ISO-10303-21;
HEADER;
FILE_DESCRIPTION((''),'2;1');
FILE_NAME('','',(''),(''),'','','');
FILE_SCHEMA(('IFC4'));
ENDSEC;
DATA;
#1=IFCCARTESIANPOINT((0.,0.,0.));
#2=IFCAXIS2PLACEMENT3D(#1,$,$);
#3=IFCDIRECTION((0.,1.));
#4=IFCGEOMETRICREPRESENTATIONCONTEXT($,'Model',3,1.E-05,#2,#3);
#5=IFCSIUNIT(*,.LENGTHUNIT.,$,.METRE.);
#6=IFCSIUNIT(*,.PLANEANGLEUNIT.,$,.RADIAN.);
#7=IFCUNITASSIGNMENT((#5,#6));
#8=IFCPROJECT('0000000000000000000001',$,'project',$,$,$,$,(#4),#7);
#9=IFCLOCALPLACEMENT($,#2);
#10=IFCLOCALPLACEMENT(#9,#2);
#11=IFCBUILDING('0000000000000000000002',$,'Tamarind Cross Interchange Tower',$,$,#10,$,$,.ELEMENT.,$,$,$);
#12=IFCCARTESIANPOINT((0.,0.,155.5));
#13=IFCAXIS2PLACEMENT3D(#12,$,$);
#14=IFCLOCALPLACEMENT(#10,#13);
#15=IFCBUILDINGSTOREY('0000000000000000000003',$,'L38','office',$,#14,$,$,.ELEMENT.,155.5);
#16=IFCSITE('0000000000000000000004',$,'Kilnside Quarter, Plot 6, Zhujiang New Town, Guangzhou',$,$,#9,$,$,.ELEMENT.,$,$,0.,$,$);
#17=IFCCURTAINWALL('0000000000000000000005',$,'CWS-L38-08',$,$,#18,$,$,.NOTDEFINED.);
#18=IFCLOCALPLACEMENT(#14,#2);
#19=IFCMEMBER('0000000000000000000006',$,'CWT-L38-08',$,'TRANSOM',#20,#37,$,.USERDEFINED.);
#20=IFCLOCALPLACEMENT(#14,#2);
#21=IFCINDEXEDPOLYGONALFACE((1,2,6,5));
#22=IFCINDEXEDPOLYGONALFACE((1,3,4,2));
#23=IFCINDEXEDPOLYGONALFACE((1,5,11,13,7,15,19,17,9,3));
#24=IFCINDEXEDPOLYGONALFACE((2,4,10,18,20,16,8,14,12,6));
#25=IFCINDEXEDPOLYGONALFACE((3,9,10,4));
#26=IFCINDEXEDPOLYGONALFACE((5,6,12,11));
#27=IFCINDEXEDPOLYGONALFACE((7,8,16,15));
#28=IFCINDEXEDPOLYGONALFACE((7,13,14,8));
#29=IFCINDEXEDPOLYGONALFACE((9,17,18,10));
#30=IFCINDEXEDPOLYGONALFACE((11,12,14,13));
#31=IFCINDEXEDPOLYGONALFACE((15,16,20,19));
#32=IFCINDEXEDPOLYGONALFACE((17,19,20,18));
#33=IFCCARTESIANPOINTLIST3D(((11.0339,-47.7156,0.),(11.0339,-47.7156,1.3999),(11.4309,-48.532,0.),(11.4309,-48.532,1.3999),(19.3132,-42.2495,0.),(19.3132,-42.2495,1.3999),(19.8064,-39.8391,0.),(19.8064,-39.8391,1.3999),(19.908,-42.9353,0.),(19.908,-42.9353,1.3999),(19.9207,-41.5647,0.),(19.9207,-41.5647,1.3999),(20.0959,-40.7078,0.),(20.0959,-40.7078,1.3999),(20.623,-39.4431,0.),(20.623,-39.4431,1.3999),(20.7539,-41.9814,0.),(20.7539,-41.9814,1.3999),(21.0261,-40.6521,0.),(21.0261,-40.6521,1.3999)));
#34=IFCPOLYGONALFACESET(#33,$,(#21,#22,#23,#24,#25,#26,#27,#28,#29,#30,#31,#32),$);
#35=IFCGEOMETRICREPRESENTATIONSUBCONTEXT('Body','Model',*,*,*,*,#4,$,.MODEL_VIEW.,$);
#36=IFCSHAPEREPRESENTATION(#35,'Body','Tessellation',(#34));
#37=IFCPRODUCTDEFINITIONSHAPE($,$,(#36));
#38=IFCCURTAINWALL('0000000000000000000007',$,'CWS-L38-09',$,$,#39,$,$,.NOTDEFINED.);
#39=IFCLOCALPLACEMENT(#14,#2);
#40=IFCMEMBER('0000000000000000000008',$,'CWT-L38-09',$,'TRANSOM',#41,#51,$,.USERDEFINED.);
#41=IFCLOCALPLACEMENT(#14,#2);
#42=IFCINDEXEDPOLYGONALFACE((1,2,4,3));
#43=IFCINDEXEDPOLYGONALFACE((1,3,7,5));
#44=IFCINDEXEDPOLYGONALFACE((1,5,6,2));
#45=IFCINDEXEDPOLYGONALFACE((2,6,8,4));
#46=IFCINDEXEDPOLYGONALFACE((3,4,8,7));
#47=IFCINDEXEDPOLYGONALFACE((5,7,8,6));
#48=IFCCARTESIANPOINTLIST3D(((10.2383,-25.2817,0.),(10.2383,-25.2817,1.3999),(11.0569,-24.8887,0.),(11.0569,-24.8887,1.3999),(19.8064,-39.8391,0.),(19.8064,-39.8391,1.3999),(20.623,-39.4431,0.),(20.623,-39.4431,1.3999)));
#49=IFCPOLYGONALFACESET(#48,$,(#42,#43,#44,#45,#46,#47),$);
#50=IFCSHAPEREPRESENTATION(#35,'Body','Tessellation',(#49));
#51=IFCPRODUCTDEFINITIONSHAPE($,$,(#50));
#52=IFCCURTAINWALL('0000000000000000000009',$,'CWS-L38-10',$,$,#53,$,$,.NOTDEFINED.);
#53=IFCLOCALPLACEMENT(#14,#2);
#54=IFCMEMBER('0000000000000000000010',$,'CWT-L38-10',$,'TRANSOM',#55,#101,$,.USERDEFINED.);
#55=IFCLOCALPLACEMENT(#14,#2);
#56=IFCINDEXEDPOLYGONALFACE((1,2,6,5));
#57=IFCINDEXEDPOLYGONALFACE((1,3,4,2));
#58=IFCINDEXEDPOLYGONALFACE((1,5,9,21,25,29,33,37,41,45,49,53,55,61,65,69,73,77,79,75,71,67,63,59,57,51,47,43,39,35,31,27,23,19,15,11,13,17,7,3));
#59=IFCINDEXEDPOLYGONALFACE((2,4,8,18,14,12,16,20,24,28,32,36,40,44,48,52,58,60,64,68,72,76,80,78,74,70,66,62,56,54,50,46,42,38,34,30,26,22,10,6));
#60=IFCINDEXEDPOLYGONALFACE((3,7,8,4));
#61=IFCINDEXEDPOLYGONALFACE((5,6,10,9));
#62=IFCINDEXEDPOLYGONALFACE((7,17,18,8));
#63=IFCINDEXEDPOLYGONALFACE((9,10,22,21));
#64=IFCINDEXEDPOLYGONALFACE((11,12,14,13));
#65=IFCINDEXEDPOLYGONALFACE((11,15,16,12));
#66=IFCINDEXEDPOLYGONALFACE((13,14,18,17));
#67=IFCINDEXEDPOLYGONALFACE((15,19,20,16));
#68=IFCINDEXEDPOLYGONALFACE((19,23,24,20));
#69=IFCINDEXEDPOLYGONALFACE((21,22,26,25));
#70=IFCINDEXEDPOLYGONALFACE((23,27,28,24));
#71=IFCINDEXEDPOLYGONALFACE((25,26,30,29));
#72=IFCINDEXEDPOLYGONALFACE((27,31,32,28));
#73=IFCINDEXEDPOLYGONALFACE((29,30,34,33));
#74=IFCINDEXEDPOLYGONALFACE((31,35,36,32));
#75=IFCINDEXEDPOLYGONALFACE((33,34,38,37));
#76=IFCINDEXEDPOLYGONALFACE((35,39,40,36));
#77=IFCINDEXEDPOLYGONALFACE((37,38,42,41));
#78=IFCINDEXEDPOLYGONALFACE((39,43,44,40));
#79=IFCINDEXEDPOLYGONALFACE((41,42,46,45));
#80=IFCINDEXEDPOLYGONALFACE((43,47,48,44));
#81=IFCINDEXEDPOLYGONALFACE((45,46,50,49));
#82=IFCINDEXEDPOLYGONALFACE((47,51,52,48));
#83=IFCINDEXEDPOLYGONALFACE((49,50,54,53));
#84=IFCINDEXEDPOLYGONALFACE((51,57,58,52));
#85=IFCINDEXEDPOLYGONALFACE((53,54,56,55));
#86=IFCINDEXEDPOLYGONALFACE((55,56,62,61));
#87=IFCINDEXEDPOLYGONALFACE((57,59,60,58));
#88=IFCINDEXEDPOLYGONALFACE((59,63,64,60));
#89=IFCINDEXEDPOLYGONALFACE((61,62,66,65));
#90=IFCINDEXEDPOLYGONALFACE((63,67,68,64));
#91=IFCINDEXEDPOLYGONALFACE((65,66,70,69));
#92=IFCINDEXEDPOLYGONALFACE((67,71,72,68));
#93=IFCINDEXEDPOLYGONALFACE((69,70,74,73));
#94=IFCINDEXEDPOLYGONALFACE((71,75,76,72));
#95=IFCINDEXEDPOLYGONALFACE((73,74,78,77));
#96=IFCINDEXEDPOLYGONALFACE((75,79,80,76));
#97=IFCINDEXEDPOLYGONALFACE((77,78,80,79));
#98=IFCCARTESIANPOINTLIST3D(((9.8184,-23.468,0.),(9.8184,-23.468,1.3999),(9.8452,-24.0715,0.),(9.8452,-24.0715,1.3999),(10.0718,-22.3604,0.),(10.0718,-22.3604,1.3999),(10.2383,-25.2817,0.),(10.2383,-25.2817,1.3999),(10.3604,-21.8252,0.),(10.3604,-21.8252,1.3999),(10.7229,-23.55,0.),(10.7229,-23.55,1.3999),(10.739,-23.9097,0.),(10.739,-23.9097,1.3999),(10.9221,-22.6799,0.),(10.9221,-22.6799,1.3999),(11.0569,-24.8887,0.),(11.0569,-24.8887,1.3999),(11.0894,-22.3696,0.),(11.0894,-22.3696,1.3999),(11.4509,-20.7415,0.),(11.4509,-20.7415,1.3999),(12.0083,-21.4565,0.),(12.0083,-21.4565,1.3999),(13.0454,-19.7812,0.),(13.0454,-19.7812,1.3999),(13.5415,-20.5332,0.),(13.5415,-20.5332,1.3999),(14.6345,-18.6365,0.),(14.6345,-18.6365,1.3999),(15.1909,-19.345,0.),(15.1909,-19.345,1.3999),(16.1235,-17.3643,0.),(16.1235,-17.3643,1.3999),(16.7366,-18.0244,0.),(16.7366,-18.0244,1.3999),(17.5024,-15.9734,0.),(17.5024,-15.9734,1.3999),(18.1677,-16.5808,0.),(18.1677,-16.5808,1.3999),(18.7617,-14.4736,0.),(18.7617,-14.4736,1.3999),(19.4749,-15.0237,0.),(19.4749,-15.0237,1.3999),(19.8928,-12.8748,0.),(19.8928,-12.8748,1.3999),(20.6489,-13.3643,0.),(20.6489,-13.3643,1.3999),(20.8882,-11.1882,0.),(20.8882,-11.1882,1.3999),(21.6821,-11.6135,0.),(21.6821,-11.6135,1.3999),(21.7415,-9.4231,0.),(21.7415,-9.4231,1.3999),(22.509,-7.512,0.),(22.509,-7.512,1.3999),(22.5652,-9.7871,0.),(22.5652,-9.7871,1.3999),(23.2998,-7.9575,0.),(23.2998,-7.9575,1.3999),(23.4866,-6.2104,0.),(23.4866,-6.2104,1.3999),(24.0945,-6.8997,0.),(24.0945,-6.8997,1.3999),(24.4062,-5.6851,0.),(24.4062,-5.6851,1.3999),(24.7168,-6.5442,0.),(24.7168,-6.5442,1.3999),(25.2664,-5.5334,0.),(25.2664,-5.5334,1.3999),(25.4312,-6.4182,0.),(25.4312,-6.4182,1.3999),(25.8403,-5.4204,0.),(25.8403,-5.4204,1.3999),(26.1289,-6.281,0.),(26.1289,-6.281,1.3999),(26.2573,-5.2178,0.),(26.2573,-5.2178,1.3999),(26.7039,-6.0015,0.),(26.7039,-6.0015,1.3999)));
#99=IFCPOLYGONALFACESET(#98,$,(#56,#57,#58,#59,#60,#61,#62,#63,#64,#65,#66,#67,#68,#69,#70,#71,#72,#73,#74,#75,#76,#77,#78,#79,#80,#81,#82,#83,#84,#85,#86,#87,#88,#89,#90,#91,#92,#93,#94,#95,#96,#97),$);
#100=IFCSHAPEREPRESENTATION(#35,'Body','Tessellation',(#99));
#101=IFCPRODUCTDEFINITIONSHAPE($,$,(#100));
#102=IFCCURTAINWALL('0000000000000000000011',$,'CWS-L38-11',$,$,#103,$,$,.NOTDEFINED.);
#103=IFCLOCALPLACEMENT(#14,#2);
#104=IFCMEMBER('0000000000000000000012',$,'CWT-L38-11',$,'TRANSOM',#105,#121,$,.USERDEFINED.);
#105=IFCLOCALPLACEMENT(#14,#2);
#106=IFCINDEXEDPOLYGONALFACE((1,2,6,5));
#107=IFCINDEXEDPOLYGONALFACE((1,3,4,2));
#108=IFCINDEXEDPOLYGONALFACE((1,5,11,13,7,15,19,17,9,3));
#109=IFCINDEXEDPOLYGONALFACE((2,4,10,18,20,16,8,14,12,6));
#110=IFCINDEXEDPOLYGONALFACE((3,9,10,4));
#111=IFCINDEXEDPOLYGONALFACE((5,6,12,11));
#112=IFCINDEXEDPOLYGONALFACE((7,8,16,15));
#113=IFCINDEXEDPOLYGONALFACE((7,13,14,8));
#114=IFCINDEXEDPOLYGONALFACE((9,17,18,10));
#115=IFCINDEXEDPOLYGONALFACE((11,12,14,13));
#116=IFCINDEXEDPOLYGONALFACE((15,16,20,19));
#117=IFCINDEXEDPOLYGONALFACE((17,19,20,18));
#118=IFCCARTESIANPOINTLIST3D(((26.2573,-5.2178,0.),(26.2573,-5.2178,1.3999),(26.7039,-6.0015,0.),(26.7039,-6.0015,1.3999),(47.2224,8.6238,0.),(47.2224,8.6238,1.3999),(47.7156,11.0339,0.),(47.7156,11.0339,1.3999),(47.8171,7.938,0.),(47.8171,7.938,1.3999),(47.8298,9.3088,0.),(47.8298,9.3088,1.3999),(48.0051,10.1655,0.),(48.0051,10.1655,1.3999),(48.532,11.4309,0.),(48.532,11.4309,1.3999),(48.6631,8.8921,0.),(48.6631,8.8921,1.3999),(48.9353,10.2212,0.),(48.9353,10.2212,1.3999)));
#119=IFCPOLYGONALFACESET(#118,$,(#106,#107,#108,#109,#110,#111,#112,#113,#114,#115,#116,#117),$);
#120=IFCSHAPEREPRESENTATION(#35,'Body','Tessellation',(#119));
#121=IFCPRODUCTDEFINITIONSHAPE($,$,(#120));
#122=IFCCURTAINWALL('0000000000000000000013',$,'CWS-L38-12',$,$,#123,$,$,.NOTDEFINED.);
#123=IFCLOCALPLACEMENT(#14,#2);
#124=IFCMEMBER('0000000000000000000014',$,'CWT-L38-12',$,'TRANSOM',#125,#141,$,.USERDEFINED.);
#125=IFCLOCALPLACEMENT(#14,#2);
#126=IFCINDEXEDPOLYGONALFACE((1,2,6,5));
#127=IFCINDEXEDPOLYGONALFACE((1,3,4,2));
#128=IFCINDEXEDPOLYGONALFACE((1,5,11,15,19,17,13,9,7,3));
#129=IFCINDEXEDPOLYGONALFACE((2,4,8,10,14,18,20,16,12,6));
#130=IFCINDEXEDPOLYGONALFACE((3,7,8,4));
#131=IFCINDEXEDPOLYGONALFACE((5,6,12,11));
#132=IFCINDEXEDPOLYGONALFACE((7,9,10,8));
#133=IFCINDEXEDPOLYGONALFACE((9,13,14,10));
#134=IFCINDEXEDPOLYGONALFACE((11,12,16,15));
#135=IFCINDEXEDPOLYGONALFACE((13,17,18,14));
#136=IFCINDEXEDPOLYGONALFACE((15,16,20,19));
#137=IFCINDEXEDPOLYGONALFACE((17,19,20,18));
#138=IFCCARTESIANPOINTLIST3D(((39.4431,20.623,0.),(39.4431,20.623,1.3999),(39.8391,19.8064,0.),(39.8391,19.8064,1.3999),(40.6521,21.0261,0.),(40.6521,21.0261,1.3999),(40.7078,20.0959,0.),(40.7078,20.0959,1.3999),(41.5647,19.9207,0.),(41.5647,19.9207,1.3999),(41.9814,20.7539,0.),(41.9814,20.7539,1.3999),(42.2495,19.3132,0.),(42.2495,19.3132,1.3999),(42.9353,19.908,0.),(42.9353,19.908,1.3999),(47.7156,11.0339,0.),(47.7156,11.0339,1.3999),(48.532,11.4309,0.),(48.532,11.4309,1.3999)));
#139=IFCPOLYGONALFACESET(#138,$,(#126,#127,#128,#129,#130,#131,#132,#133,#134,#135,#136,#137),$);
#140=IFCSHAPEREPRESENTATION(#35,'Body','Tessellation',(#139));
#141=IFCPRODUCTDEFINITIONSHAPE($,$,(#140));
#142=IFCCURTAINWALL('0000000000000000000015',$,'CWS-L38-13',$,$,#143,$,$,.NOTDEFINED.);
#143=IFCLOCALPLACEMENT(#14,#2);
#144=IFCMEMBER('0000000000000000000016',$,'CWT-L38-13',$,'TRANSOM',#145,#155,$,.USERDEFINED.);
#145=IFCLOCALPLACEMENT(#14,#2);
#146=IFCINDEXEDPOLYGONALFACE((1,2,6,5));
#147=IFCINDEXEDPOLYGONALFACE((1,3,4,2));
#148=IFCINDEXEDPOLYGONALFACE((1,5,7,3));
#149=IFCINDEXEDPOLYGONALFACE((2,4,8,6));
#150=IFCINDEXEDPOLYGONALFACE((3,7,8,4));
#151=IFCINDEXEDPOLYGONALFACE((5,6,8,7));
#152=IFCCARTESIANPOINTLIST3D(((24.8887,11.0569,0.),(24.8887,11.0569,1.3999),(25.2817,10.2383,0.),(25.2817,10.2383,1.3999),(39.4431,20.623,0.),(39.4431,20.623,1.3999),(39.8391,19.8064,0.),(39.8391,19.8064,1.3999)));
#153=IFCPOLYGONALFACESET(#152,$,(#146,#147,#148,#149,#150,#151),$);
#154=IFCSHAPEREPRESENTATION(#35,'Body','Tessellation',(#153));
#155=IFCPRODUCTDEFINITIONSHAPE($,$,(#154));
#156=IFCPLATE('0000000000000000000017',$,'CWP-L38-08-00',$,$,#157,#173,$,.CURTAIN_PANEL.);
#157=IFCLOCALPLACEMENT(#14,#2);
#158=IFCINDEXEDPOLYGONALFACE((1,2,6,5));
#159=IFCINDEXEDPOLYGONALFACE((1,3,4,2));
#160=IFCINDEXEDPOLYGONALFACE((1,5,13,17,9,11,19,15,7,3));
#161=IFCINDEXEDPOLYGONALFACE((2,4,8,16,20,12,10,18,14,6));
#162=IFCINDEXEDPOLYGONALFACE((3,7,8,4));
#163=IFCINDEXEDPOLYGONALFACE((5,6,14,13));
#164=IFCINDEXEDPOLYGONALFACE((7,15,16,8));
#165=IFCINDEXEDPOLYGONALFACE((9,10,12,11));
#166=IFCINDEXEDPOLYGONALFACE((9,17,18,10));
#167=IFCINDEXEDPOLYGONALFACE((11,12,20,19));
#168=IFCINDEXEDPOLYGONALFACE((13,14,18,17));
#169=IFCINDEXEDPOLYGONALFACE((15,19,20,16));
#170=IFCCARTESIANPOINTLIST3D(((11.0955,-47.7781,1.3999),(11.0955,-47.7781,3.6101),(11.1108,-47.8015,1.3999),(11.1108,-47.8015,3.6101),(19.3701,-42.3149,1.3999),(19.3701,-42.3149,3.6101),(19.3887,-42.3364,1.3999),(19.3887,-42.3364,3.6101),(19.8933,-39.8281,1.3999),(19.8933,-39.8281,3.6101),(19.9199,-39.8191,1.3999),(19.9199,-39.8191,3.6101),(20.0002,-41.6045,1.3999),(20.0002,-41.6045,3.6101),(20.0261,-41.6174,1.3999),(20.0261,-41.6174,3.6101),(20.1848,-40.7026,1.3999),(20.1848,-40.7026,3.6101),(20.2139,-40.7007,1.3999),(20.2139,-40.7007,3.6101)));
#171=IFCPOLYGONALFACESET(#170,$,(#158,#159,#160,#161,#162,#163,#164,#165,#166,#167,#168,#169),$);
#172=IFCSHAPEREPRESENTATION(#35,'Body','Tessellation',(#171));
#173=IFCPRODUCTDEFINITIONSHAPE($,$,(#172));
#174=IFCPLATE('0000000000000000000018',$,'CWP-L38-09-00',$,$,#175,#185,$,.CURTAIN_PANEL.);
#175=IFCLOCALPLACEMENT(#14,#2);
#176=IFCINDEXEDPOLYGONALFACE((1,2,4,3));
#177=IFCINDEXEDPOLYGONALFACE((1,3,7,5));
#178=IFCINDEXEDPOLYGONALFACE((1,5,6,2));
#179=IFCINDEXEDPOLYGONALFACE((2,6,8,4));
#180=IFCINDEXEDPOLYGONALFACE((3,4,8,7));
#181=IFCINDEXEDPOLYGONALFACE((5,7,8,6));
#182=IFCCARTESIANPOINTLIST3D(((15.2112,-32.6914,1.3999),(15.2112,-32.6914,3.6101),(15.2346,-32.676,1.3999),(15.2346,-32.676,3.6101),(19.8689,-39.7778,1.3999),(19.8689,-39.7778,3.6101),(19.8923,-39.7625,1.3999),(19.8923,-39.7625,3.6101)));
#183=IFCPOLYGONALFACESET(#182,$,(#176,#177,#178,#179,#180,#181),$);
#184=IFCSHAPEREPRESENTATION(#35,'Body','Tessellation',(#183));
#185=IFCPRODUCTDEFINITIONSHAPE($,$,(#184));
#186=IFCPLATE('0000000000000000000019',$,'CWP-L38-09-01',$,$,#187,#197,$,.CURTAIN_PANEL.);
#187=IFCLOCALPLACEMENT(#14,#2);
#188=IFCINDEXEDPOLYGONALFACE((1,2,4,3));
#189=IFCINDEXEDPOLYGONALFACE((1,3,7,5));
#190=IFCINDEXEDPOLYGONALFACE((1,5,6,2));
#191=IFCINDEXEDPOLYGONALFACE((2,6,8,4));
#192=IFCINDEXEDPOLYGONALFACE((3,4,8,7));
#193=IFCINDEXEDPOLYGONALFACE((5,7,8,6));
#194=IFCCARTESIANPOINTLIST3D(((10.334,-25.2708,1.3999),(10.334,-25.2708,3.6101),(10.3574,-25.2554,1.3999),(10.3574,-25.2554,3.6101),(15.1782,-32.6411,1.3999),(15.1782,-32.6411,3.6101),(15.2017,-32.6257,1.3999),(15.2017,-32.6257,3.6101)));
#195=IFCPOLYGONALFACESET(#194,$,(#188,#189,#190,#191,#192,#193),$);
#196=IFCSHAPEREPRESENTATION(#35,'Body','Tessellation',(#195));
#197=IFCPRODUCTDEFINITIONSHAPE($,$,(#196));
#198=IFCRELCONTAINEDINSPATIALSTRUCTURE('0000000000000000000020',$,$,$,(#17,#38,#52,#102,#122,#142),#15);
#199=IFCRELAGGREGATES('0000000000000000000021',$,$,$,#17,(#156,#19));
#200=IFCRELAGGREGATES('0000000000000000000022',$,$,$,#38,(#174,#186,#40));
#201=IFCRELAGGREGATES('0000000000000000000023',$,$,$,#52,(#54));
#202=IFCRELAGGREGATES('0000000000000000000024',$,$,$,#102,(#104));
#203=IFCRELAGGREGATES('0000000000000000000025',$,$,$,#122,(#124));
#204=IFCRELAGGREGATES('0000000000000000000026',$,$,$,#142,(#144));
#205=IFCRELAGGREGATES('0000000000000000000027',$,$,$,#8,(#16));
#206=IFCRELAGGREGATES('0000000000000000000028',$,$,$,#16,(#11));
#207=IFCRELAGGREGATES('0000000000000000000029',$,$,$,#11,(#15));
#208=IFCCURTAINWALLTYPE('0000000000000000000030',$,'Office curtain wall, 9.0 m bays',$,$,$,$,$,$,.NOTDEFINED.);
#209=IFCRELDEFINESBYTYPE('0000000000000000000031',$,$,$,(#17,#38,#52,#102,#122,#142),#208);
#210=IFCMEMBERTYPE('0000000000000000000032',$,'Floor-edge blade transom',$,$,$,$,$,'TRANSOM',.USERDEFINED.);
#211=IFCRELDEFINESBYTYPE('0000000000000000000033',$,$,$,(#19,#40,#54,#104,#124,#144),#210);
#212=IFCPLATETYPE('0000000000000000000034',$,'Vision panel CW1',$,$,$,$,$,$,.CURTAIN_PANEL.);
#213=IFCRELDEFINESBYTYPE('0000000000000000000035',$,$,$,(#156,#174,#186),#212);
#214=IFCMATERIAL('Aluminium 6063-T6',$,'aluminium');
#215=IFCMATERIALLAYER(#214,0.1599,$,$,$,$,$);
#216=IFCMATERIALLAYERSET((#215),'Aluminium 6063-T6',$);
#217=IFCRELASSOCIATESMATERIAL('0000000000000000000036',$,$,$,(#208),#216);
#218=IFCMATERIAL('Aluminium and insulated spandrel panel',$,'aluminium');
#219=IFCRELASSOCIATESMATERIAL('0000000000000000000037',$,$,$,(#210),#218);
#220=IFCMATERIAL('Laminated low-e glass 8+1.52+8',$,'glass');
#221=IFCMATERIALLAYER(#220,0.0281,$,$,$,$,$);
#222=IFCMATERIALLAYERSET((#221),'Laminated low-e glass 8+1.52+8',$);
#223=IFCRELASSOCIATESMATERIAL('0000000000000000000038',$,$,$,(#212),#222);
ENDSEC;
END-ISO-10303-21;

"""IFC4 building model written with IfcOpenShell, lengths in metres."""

from ifc_helpers import new_model, si_unit, direction, frame, origin, place, context, subcontext, project, spatial, polyline, outline, extrude, material, layer, layer_set, type_object, element, aggregate, save


model = new_model("IFC4")

# Units and contexts
model_context = context("Model", 3, precision=1e-05, world=origin(), true_north=direction((0.0, 1.0)))
body_context = subcontext(model_context, "Body", "Model", "MODEL_VIEW")
ifc_project = project(units=[si_unit("LENGTHUNIT", "METRE"), si_unit("PLANEANGLEUNIT", "RADIAN")], contexts=[model_context])

# Site, building, storey
site_placement = place(None, origin())
site = spatial("IfcSite", under=ifc_project, at=site_placement, Name="Kilnside Quarter, Plot 6, Zhujiang New Town, Guangzhou", CompositionType="ELEMENT", RefElevation=0.0)
building_placement = place(site_placement, origin())
building = spatial("IfcBuilding", under=site, at=building_placement, Name="Tamarind Cross Interchange Tower", CompositionType="ELEMENT")
storey_placement = place(building_placement, frame((0.0, 0.0, 155.5)))
storey = spatial("IfcBuildingStorey", under=building, at=storey_placement, Name="L38", Description="office", CompositionType="ELEMENT", Elevation=155.5)

# Curtain walls, members
ifc_material_1 = material(Name="Aluminium 6063-T6", Category="aluminium")
ifc_layer_1 = layer(ifc_material_1, 0.1599)
ifc_layer_set_1 = layer_set([ifc_layer_1], Name="Aluminium 6063-T6")
curtain_wall_type = type_object("IfcCurtainWallType", Name="Office curtain wall, 9.0 m bays", PredefinedType="NOTDEFINED", material=ifc_layer_set_1)
curtain_wall_1_placement = place(storey_placement, origin())
curtain_wall_1 = element("IfcCurtainWall", 1, at=curtain_wall_1_placement, inside=storey, type_object=curtain_wall_type, Name="CWS-L38-08", PredefinedType="NOTDEFINED")
ifc_material_2 = material(Name="Aluminium and insulated spandrel panel", Category="aluminium")
member_type = type_object("IfcMemberType", Name="Floor-edge blade transom", ElementType="TRANSOM", PredefinedType="USERDEFINED", material=ifc_material_2)
member_1_placement = place(storey_placement, origin())
member_1 = element("IfcMember", 2, at=member_1_placement, type_object=member_type, Name="CWT-L38-08", ObjectType="TRANSOM", PredefinedType="USERDEFINED", context=body_context, shape_type="SweptSolid", body=[
    extrude(outline(polyline([(11.0339, -47.7156), (19.3132, -42.2495), (19.9207, -41.5647), (20.0959, -40.7078), (19.8064, -39.8391), (20.623, -39.4431), (21.0261, -40.6521), (20.7539, -41.9814), (19.908, -42.9353), (11.4309, -48.532), (11.0339, -47.7156)])), origin(), (0.0, 0.0, 1.0), 1.3999),
])
curtain_wall_2_placement = place(storey_placement, origin())
curtain_wall_2 = element("IfcCurtainWall", 3, at=curtain_wall_2_placement, inside=storey, type_object=curtain_wall_type, Name="CWS-L38-09", PredefinedType="NOTDEFINED")
member_2_placement = place(storey_placement, origin())
member_2 = element("IfcMember", 4, at=member_2_placement, type_object=member_type, Name="CWT-L38-09", ObjectType="TRANSOM", PredefinedType="USERDEFINED", context=body_context, shape_type="SweptSolid", body=[
    extrude(outline(polyline([(19.8064, -39.8391), (10.2383, -25.2817), (11.0569, -24.8887), (20.623, -39.4431), (19.8064, -39.8391)])), origin(), (0.0, 0.0, 1.0), 1.3999),
])
curtain_wall_3_placement = place(storey_placement, origin())
curtain_wall_3 = element("IfcCurtainWall", 5, at=curtain_wall_3_placement, inside=storey, type_object=curtain_wall_type, Name="CWS-L38-10", PredefinedType="NOTDEFINED")
member_3_placement = place(storey_placement, origin())
member_3 = element("IfcMember", 6, at=member_3_placement, type_object=member_type, Name="CWT-L38-10", ObjectType="TRANSOM", PredefinedType="USERDEFINED", context=body_context, shape_type="SweptSolid", body=[
    extrude(outline(polyline([(10.2383, -25.2817), (9.8452, -24.0715), (9.8184, -23.468), (10.0718, -22.3604), (10.3604, -21.8252), (11.4509, -20.7415), (13.0454, -19.7812), (14.6345, -18.6365), (16.1235, -17.3643), (17.5024, -15.9734), (18.7617, -14.4736), (19.8928, -12.8748), (20.8882, -11.1882), (21.7415, -9.4231), (22.509, -7.512), (23.4866, -6.2104), (24.4062, -5.6851), (25.2664, -5.5334), (25.8403, -5.4204), (26.2573, -5.2178), (26.7039, -6.0015), (26.1289, -6.281), (25.4312, -6.4182), (24.7168, -6.5442), (24.0945, -6.8997), (23.2998, -7.9575), (22.5652, -9.7871), (21.6821, -11.6135), (20.6489, -13.3643), (19.4749, -15.0237), (18.1677, -16.5808), (16.7366, -18.0244), (15.1909, -19.345), (13.5415, -20.5332), (12.0083, -21.4565), (11.0894, -22.3696), (10.9221, -22.6799), (10.7229, -23.55), (10.739, -23.9097), (11.0569, -24.8887), (10.2383, -25.2817)])), origin(), (0.0, 0.0, 1.0), 1.3999),
])
curtain_wall_4_placement = place(storey_placement, origin())
curtain_wall_4 = element("IfcCurtainWall", 7, at=curtain_wall_4_placement, inside=storey, type_object=curtain_wall_type, Name="CWS-L38-11", PredefinedType="NOTDEFINED")
member_4_placement = place(storey_placement, origin())
member_4 = element("IfcMember", 8, at=member_4_placement, type_object=member_type, Name="CWT-L38-11", ObjectType="TRANSOM", PredefinedType="USERDEFINED", context=body_context, shape_type="SweptSolid", body=[
    extrude(outline(polyline([(26.2573, -5.2178), (47.2224, 8.6238), (47.8298, 9.3088), (48.0051, 10.1655), (47.7156, 11.0339), (48.532, 11.4309), (48.9353, 10.2212), (48.6631, 8.8921), (47.8171, 7.938), (26.7039, -6.0015), (26.2573, -5.2178)])), origin(), (0.0, 0.0, 1.0), 1.3999),
])
curtain_wall_5_placement = place(storey_placement, origin())
curtain_wall_5 = element("IfcCurtainWall", 9, at=curtain_wall_5_placement, inside=storey, type_object=curtain_wall_type, Name="CWS-L38-12", PredefinedType="NOTDEFINED")
member_5_placement = place(storey_placement, origin())
member_5 = element("IfcMember", 10, at=member_5_placement, type_object=member_type, Name="CWT-L38-12", ObjectType="TRANSOM", PredefinedType="USERDEFINED", context=body_context, shape_type="SweptSolid", body=[
    extrude(outline(polyline([(47.7156, 11.0339), (42.2495, 19.3132), (41.5647, 19.9207), (40.7078, 20.0959), (39.8391, 19.8064), (39.4431, 20.623), (40.6521, 21.0261), (41.9814, 20.7539), (42.9353, 19.908), (48.532, 11.4309), (47.7156, 11.0339)])), origin(), (0.0, 0.0, 1.0), 1.3999),
])
curtain_wall_6_placement = place(storey_placement, origin())
curtain_wall_6 = element("IfcCurtainWall", 11, at=curtain_wall_6_placement, inside=storey, type_object=curtain_wall_type, Name="CWS-L38-13", PredefinedType="NOTDEFINED")
member_6_placement = place(storey_placement, origin())
member_6 = element("IfcMember", 12, at=member_6_placement, type_object=member_type, Name="CWT-L38-13", ObjectType="TRANSOM", PredefinedType="USERDEFINED", context=body_context, shape_type="SweptSolid", body=[
    extrude(outline(polyline([(39.8391, 19.8064), (25.2817, 10.2383), (24.8887, 11.0569), (39.4431, 20.623), (39.8391, 19.8064)])), origin(), (0.0, 0.0, 1.0), 1.3999),
])

# Plates
ifc_material_3 = material(Name="Laminated low-e glass 8+1.52+8", Category="glass")
ifc_layer_2 = layer(ifc_material_3, 0.0281)
ifc_layer_set_2 = layer_set([ifc_layer_2], Name="Laminated low-e glass 8+1.52+8")
plate_type = type_object("IfcPlateType", Name="Vision panel CW1", PredefinedType="CURTAIN_PANEL", material=ifc_layer_set_2)
plate_1_placement = place(storey_placement, frame((0.0, 0.0, 1.3999)))
plate_1 = element("IfcPlate", 13, at=plate_1_placement, type_object=plate_type, Name="CWP-L38-08-00", PredefinedType="CURTAIN_PANEL", context=body_context, shape_type="SweptSolid", body=[
    extrude(outline(polyline([(11.0955, -47.7781), (19.3701, -42.3149), (20.0002, -41.6045), (20.1848, -40.7026), (19.8933, -39.8281), (19.9199, -39.8191), (20.2139, -40.7007), (20.0261, -41.6174), (19.3887, -42.3364), (11.1108, -47.8015), (11.0955, -47.7781)])), origin(), (0.0, 0.0, 1.0), 2.2102),
])
aggregate(curtain_wall_1, [plate_1, member_1])
plate_2_placement = place(storey_placement, frame((0.0, 0.0, 1.3999)))
plate_2 = element("IfcPlate", 14, at=plate_2_placement, type_object=plate_type, Name="CWP-L38-09-00", PredefinedType="CURTAIN_PANEL", context=body_context, shape_type="SweptSolid", body=[
    extrude(outline(polyline([(19.8689, -39.7778), (15.2112, -32.6914), (15.2346, -32.676), (19.8923, -39.7625), (19.8689, -39.7778)])), origin(), (0.0, 0.0, 1.0), 2.2102),
])
plate_3_placement = place(storey_placement, frame((0.0, 0.0, 1.3999)))
plate_3 = element("IfcPlate", 15, at=plate_3_placement, type_object=plate_type, Name="CWP-L38-09-01", PredefinedType="CURTAIN_PANEL", context=body_context, shape_type="SweptSolid", body=[
    extrude(outline(polyline([(15.1782, -32.6411), (10.334, -25.2708), (10.3574, -25.2554), (15.2017, -32.6257), (15.1782, -32.6411)])), origin(), (0.0, 0.0, 1.0), 2.2102),
])
aggregate(curtain_wall_2, [plate_2, plate_3, member_2])
aggregate(curtain_wall_3, [member_3])
aggregate(curtain_wall_4, [member_4])
aggregate(curtain_wall_5, [member_5])
aggregate(curtain_wall_6, [member_6])

save(model, "model.ifc")
